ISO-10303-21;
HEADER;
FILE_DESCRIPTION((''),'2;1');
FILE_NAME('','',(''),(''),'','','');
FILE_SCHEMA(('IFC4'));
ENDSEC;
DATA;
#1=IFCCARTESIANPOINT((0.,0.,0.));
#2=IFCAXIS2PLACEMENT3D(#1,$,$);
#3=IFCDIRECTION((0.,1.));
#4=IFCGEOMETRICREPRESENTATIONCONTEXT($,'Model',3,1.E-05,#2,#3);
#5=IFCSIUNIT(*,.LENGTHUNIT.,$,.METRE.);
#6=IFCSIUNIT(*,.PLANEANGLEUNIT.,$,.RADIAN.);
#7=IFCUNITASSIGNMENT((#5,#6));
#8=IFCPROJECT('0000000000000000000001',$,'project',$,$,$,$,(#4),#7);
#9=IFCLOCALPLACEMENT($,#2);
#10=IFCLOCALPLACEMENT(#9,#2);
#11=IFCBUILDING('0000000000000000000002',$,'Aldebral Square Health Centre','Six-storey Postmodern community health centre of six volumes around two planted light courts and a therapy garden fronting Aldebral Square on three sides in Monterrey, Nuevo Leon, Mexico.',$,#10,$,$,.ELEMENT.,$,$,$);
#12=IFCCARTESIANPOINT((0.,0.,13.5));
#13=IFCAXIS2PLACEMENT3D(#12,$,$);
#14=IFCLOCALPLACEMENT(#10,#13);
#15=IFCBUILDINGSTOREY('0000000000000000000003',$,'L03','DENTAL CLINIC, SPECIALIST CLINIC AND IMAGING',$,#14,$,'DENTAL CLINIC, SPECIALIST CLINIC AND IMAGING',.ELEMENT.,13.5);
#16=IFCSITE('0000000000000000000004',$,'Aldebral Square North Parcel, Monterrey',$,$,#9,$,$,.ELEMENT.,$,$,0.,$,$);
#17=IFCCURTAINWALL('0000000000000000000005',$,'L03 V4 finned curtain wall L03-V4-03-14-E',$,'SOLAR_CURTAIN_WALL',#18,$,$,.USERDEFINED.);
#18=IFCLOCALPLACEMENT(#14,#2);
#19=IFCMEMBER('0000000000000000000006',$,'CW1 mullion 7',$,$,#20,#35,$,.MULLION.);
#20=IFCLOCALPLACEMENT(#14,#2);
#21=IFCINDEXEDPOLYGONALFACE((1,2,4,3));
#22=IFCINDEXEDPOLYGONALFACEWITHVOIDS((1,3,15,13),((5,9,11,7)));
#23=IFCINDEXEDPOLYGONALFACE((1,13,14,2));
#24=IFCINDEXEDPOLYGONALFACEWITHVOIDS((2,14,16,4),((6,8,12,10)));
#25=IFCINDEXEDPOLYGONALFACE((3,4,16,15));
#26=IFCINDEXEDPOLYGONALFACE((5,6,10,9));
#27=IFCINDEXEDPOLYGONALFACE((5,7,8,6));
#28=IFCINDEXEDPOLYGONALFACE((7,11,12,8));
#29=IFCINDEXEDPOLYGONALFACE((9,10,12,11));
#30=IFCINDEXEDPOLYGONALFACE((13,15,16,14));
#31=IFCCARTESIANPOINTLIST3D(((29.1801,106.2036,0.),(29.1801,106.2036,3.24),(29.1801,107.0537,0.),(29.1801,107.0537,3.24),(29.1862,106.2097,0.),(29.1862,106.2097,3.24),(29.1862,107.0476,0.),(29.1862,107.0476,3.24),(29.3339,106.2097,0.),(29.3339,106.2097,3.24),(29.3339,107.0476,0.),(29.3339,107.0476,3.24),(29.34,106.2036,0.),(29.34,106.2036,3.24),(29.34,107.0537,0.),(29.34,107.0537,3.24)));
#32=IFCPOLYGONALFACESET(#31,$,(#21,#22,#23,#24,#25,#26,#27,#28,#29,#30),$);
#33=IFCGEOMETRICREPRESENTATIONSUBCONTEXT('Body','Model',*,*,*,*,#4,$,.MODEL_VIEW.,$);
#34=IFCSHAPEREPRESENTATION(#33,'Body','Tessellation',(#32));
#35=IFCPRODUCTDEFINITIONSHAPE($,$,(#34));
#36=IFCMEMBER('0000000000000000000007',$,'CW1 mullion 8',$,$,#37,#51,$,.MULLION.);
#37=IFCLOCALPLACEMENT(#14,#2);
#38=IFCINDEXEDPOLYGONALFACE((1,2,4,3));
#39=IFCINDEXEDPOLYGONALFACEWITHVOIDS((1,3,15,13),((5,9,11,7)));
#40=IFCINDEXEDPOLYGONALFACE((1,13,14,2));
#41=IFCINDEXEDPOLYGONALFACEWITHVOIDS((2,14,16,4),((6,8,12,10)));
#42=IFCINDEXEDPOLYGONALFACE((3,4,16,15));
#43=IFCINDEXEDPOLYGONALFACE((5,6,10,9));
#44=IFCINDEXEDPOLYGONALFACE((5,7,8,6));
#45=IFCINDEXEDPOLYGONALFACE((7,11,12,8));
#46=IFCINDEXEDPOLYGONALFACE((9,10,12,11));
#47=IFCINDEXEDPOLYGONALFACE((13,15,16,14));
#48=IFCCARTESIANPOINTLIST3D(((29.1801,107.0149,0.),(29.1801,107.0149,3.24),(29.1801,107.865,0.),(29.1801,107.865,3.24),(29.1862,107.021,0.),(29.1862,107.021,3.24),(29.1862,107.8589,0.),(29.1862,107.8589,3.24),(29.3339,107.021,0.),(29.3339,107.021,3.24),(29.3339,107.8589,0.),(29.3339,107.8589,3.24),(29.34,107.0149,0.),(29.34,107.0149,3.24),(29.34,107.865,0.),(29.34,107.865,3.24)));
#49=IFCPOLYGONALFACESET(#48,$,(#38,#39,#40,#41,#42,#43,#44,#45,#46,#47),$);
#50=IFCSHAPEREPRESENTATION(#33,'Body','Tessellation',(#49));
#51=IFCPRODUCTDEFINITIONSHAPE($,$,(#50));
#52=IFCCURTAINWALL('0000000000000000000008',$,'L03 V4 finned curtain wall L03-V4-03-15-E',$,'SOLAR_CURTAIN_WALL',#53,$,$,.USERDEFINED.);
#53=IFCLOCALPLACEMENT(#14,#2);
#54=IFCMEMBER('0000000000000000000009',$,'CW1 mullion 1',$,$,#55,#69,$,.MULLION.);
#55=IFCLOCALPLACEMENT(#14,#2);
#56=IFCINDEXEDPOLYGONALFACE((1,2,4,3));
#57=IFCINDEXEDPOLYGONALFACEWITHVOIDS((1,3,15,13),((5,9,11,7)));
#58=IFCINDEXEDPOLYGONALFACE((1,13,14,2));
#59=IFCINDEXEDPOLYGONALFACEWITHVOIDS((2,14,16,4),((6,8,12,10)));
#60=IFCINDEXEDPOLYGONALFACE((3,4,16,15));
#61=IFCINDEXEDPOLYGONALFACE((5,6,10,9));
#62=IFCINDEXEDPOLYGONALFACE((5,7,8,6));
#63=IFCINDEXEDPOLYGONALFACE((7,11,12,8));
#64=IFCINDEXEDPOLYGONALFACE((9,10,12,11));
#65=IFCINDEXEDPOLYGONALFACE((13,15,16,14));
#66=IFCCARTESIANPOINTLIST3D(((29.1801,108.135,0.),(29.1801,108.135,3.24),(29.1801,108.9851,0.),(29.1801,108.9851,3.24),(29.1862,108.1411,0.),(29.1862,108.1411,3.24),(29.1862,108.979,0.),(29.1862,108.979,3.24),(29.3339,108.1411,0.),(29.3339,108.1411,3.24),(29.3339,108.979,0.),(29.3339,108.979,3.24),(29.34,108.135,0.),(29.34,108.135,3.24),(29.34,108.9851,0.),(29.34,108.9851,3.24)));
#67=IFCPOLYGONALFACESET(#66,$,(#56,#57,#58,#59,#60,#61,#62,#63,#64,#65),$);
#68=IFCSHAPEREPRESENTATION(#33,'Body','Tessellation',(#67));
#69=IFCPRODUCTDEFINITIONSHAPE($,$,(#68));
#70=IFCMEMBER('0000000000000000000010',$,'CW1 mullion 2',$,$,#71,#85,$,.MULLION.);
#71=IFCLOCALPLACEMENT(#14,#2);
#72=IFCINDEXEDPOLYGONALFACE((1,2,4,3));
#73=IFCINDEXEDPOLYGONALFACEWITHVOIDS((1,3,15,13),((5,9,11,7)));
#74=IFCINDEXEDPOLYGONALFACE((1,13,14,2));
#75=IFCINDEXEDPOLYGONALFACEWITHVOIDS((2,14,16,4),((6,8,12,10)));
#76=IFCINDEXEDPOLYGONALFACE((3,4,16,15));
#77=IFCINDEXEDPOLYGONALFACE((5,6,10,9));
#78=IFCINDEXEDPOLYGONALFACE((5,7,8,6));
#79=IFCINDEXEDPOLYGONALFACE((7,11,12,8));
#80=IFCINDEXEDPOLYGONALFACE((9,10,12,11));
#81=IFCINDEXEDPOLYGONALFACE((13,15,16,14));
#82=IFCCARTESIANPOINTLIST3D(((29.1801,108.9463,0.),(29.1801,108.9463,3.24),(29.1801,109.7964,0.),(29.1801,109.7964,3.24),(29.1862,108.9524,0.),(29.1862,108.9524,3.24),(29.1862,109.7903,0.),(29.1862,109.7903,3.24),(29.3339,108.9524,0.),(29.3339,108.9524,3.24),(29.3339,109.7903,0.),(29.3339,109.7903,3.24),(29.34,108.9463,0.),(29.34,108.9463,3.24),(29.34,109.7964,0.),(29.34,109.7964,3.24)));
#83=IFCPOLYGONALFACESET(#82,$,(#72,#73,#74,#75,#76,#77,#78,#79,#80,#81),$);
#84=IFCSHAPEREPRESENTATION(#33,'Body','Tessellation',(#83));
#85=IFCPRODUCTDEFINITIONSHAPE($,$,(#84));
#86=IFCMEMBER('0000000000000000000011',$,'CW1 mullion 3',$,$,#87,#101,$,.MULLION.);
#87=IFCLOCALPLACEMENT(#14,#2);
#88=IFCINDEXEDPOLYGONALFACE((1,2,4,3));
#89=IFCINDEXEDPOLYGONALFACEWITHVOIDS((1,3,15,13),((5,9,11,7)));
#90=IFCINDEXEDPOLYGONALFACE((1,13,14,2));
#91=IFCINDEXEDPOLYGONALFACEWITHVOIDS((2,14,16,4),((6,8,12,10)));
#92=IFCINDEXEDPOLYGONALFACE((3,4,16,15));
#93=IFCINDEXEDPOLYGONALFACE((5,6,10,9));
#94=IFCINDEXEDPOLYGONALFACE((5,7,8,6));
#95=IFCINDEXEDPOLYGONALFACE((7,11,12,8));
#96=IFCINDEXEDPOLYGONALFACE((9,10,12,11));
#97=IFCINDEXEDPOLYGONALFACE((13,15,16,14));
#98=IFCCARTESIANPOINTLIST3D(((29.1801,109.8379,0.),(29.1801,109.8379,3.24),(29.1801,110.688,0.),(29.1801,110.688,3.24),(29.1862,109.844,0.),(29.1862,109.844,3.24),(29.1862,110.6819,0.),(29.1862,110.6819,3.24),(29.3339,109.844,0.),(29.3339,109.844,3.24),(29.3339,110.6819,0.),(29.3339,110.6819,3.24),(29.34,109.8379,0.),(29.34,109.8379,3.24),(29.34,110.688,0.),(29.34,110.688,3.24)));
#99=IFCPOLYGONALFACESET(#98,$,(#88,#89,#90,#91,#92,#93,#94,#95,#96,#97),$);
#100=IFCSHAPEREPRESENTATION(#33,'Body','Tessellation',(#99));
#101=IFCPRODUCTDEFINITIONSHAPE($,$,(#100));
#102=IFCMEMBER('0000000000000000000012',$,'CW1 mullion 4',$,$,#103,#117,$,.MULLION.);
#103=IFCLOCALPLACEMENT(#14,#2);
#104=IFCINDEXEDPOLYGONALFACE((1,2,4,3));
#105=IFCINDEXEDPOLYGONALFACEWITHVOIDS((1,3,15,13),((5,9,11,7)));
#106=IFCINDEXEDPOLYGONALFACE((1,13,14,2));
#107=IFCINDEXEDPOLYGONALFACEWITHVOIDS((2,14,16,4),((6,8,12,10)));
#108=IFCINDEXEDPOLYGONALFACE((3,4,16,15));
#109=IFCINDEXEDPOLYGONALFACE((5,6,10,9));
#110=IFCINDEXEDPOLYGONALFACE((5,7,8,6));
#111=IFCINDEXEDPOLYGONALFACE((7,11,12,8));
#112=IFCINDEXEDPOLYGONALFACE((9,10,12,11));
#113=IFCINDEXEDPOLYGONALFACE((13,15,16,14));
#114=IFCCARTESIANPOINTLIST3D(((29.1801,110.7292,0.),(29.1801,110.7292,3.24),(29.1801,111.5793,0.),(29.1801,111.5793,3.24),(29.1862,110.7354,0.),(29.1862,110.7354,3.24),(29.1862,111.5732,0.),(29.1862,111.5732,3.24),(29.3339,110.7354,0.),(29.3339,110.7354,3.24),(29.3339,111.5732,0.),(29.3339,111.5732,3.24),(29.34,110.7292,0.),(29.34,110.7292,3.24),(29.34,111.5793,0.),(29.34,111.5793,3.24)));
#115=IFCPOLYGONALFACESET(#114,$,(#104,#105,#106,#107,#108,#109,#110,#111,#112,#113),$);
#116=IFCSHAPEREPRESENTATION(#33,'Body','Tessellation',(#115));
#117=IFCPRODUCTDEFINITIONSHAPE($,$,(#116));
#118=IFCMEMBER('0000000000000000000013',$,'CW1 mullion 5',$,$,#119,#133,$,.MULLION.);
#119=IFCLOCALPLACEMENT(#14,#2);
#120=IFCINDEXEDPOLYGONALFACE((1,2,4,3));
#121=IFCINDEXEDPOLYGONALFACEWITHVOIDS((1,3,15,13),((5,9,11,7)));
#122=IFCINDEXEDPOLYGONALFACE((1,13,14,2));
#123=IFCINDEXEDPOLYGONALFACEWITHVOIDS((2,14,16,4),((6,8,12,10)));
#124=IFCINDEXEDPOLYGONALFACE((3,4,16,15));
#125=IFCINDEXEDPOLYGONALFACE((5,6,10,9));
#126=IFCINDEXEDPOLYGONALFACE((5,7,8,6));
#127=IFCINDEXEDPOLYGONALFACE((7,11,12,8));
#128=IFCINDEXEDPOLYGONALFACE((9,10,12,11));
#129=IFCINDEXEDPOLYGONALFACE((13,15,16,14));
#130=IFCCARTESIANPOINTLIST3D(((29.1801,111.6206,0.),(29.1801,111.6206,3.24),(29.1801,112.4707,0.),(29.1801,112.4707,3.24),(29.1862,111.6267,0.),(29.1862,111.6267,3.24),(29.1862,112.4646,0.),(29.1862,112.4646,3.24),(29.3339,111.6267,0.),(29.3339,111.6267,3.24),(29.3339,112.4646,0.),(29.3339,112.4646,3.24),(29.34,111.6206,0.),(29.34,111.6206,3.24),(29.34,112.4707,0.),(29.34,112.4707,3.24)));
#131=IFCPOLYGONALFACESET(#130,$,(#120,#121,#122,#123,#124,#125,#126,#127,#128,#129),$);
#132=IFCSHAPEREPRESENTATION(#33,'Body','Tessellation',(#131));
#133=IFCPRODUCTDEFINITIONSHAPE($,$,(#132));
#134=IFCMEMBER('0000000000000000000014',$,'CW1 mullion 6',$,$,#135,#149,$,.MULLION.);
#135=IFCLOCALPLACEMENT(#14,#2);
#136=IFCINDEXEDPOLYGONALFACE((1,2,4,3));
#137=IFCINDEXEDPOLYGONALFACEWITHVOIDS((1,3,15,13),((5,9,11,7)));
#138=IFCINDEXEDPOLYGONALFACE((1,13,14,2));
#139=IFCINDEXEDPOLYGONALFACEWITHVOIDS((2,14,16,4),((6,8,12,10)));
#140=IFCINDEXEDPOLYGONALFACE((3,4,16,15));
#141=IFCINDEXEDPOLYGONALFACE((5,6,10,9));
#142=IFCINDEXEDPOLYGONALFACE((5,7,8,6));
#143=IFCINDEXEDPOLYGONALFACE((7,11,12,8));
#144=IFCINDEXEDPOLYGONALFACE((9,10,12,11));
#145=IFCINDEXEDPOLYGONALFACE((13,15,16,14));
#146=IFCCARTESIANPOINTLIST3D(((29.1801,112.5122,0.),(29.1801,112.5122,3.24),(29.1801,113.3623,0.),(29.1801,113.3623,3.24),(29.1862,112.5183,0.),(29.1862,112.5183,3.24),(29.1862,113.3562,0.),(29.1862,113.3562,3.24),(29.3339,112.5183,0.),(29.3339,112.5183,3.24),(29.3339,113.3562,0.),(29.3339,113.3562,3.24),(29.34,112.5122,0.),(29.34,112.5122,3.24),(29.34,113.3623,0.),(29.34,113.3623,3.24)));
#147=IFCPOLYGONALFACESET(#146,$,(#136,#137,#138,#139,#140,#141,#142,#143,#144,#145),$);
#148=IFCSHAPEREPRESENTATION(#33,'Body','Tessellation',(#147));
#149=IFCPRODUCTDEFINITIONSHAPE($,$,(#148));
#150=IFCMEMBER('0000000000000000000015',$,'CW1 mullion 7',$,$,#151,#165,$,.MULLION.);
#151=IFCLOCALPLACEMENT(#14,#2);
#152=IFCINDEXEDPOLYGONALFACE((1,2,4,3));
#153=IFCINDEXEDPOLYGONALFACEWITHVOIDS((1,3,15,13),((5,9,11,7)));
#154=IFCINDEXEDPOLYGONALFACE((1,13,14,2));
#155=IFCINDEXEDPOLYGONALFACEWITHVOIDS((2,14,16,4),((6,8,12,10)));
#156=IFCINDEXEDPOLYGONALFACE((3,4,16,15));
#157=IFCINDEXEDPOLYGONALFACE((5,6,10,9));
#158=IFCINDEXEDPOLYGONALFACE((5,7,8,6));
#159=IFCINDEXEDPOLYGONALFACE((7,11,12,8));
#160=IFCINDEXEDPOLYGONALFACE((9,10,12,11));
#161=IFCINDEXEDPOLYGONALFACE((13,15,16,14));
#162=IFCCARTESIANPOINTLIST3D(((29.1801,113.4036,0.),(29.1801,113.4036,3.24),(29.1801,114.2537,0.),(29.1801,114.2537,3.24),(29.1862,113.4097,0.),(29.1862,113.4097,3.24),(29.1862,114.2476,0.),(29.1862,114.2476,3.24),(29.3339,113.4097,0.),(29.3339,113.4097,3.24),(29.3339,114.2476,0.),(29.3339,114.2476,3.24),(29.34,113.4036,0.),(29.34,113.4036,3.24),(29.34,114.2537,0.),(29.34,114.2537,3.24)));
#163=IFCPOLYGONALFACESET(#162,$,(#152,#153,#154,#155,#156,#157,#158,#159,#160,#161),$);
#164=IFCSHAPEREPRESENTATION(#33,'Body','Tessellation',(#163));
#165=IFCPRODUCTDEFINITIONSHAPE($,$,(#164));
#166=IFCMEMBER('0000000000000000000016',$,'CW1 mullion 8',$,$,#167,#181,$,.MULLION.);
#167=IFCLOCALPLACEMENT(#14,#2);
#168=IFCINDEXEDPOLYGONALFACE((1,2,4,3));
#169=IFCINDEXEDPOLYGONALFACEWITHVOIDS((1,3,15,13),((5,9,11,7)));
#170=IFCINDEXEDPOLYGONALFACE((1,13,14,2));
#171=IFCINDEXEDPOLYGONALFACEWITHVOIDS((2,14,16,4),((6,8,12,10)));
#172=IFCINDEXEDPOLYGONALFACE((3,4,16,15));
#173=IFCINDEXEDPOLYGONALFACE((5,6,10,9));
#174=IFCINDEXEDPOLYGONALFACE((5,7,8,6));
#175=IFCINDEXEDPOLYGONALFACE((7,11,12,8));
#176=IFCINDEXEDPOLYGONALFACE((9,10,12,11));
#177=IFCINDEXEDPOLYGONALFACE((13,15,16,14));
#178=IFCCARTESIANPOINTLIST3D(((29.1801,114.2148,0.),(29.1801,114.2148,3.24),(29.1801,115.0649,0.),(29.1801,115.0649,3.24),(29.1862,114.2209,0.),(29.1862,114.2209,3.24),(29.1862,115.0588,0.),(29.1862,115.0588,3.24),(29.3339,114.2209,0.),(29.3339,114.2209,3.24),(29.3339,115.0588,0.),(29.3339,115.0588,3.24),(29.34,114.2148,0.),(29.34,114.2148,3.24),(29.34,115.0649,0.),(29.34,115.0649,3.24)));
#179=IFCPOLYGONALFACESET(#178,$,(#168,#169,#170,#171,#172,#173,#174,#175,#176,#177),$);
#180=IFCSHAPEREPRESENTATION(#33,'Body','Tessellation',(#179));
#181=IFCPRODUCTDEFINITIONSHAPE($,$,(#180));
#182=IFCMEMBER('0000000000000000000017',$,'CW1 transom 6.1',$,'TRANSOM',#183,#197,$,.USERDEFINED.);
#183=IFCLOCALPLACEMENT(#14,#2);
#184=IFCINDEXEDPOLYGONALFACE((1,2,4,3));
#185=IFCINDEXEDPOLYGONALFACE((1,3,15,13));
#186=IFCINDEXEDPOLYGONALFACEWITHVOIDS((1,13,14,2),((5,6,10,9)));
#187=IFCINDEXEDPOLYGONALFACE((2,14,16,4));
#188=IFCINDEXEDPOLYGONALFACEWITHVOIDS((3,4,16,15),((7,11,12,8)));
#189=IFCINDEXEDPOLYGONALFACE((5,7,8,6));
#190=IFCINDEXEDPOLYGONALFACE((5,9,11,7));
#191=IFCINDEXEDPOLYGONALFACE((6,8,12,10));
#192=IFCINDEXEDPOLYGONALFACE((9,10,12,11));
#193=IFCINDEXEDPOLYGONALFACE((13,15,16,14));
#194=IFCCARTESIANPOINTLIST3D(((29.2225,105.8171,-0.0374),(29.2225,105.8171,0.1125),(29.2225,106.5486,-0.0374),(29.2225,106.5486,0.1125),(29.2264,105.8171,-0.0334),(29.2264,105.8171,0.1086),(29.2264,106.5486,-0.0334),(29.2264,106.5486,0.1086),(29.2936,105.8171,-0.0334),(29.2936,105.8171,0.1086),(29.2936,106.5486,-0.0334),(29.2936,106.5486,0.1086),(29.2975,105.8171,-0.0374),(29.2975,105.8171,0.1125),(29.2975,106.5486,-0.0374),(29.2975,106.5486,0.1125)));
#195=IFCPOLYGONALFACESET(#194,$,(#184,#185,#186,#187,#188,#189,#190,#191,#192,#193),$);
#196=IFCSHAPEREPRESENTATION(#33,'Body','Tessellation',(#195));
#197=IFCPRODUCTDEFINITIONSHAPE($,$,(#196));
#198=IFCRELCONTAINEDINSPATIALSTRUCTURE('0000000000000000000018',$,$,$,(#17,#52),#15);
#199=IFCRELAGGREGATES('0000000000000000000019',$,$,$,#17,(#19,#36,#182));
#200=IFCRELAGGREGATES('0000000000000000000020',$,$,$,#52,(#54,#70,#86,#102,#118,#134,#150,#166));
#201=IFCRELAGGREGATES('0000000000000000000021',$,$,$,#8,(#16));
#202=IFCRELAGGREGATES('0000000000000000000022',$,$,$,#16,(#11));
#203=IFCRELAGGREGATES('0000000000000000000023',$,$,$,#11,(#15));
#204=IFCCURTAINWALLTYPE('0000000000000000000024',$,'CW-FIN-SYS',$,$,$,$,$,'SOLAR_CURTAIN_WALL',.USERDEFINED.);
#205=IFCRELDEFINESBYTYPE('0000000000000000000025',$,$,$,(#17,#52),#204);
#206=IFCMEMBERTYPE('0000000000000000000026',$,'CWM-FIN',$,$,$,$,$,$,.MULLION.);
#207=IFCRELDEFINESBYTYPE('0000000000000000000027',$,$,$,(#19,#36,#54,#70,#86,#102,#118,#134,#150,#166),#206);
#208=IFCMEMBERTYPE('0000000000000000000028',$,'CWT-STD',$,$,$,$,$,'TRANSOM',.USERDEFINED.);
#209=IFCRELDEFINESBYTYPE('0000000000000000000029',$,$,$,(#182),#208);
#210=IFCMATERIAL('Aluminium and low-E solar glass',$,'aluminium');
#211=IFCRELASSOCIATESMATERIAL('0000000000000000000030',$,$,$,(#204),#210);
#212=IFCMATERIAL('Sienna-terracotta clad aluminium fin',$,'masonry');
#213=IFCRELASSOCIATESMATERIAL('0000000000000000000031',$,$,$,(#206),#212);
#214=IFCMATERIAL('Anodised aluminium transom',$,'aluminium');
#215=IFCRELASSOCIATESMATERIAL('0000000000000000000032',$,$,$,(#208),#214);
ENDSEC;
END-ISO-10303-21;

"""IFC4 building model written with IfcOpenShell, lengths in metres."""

from ifc_helpers import new_model, si_unit, direction, frame, origin, origin_2d, place, context, subcontext, project, spatial, hollow_rectangle, extrude, material, material_profile, profile_set, type_object, element, aggregate, save


model = new_model("IFC4")

# Units and contexts
model_context = context("Model", 3, precision=1e-05, world=origin(), true_north=direction((0.0, 1.0)))
body_context = subcontext(model_context, "Body", "Model", "MODEL_VIEW")
ifc_project = project(units=[si_unit("LENGTHUNIT", "METRE"), si_unit("PLANEANGLEUNIT", "RADIAN")], contexts=[model_context])

# Site, building, storey
site_placement = place(None, origin())
site = spatial("IfcSite", under=ifc_project, at=site_placement, Name="Aldebral Square North Parcel, Monterrey", CompositionType="ELEMENT", RefElevation=0.0)
building_placement = place(site_placement, origin())
building = spatial("IfcBuilding", under=site, at=building_placement, Name="Aldebral Square Health Centre", Description="Six-storey Postmodern community health centre of six volumes around two planted light courts and a therapy garden fronting Aldebral Square on three sides in Monterrey, Nuevo Leon, Mexico.", CompositionType="ELEMENT")
storey_placement = place(building_placement, frame((0.0, 0.0, 13.5)))
storey = spatial("IfcBuildingStorey", under=building, at=storey_placement, Name="L03", Description="DENTAL CLINIC, SPECIALIST CLINIC AND IMAGING", LongName="DENTAL CLINIC, SPECIALIST CLINIC AND IMAGING", CompositionType="ELEMENT", Elevation=13.5)

# Curtain walls, members
ifc_material_1 = material(Name="Aluminium and low-E solar glass", Category="aluminium")
curtain_wall_type = type_object("IfcCurtainWallType", Name="CW-FIN-SYS", ElementType="SOLAR_CURTAIN_WALL", PredefinedType="USERDEFINED", material=ifc_material_1)
curtain_wall_1_placement = place(storey_placement, origin())
curtain_wall_1 = element("IfcCurtainWall", 1, at=curtain_wall_1_placement, inside=storey, type_object=curtain_wall_type, Name="L03 V4 finned curtain wall L03-V4-03-14-E", ObjectType="SOLAR_CURTAIN_WALL", PredefinedType="USERDEFINED")
ifc_material_2 = material(Name="Sienna-terracotta clad aluminium fin", Category="masonry")
ifc_material_profile_1 = material_profile(ifc_material_2, hollow_rectangle(XDim=0.1599, YDim=0.8501, WallThickness=0.0061, at=origin_2d()), Name="FIN 160x850x6")
ifc_profile_set_1 = profile_set([ifc_material_profile_1], Name="Sienna-terracotta clad aluminium fin")
member_type_1 = type_object("IfcMemberType", Name="CWM-FIN", PredefinedType="MULLION", material=ifc_profile_set_1)
member_1_placement = place(storey_placement, frame((29.26, 106.6287, 0.0), z_axis=(0.0, 0.0, 1.0), x_axis=(-1.0, 0.0, 0.0)))
member_1 = element("IfcMember", 2, at=member_1_placement, type_object=member_type_1, Name="CW1 mullion 7", PredefinedType="MULLION", context=body_context, shape_type="SweptSolid", body=[
    extrude(hollow_rectangle(XDim=0.1599, YDim=0.8501, WallThickness=0.0061, at=origin_2d()), origin(), (0.0, 0.0, 1.0), 3.24),
])
member_2_placement = place(storey_placement, frame((29.26, 107.4399, 0.0), z_axis=(0.0, 0.0, 1.0), x_axis=(-1.0, 0.0, 0.0)))
member_2 = element("IfcMember", 3, at=member_2_placement, type_object=member_type_1, Name="CW1 mullion 8", PredefinedType="MULLION", context=body_context, shape_type="SweptSolid", body=[
    extrude(hollow_rectangle(XDim=0.1599, YDim=0.8501, WallThickness=0.0061, at=origin_2d()), origin(), (0.0, 0.0, 1.0), 3.24),
])
curtain_wall_2_placement = place(storey_placement, origin())
curtain_wall_2 = element("IfcCurtainWall", 4, at=curtain_wall_2_placement, inside=storey, type_object=curtain_wall_type, Name="L03 V4 finned curtain wall L03-V4-03-15-E", ObjectType="SOLAR_CURTAIN_WALL", PredefinedType="USERDEFINED")
member_3_placement = place(storey_placement, frame((29.26, 108.5601, 0.0), z_axis=(0.0, 0.0, 1.0), x_axis=(-1.0, 0.0, 0.0)))
member_3 = element("IfcMember", 5, at=member_3_placement, type_object=member_type_1, Name="CW1 mullion 1", PredefinedType="MULLION", context=body_context, shape_type="SweptSolid", body=[
    extrude(hollow_rectangle(XDim=0.1599, YDim=0.8501, WallThickness=0.0061, at=origin_2d()), origin(), (0.0, 0.0, 1.0), 3.24),
])
member_4_placement = place(storey_placement, frame((29.26, 109.3713, 0.0), z_axis=(0.0, 0.0, 1.0), x_axis=(-1.0, 0.0, 0.0)))
member_4 = element("IfcMember", 6, at=member_4_placement, type_object=member_type_1, Name="CW1 mullion 2", PredefinedType="MULLION", context=body_context, shape_type="SweptSolid", body=[
    extrude(hollow_rectangle(XDim=0.1599, YDim=0.8501, WallThickness=0.0061, at=origin_2d()), origin(), (0.0, 0.0, 1.0), 3.24),
])
member_5_placement = place(storey_placement, frame((29.26, 110.2629, 0.0), z_axis=(0.0, 0.0, 1.0), x_axis=(-1.0, 0.0, 0.0)))
member_5 = element("IfcMember", 7, at=member_5_placement, type_object=member_type_1, Name="CW1 mullion 3", PredefinedType="MULLION", context=body_context, shape_type="SweptSolid", body=[
    extrude(hollow_rectangle(XDim=0.1599, YDim=0.8501, WallThickness=0.0061, at=origin_2d()), origin(), (0.0, 0.0, 1.0), 3.24),
])
member_6_placement = place(storey_placement, frame((29.26, 111.1543, 0.0), z_axis=(0.0, 0.0, 1.0), x_axis=(-1.0, 0.0, 0.0)))
member_6 = element("IfcMember", 8, at=member_6_placement, type_object=member_type_1, Name="CW1 mullion 4", PredefinedType="MULLION", context=body_context, shape_type="SweptSolid", body=[
    extrude(hollow_rectangle(XDim=0.1599, YDim=0.8501, WallThickness=0.0061, at=origin_2d()), origin(), (0.0, 0.0, 1.0), 3.24),
])
member_7_placement = place(storey_placement, frame((29.26, 112.0457, 0.0), z_axis=(0.0, 0.0, 1.0), x_axis=(-1.0, 0.0, 0.0)))
member_7 = element("IfcMember", 9, at=member_7_placement, type_object=member_type_1, Name="CW1 mullion 5", PredefinedType="MULLION", context=body_context, shape_type="SweptSolid", body=[
    extrude(hollow_rectangle(XDim=0.1599, YDim=0.8501, WallThickness=0.0061, at=origin_2d()), origin(), (0.0, 0.0, 1.0), 3.24),
])
member_8_placement = place(storey_placement, frame((29.26, 112.9373, 0.0), z_axis=(0.0, 0.0, 1.0), x_axis=(-1.0, 0.0, 0.0)))
member_8 = element("IfcMember", 10, at=member_8_placement, type_object=member_type_1, Name="CW1 mullion 6", PredefinedType="MULLION", context=body_context, shape_type="SweptSolid", body=[
    extrude(hollow_rectangle(XDim=0.1599, YDim=0.8501, WallThickness=0.0061, at=origin_2d()), origin(), (0.0, 0.0, 1.0), 3.24),
])
member_9_placement = place(storey_placement, frame((29.26, 113.8286, 0.0), z_axis=(0.0, 0.0, 1.0), x_axis=(-1.0, 0.0, 0.0)))
member_9 = element("IfcMember", 11, at=member_9_placement, type_object=member_type_1, Name="CW1 mullion 7", PredefinedType="MULLION", context=body_context, shape_type="SweptSolid", body=[
    extrude(hollow_rectangle(XDim=0.1599, YDim=0.8501, WallThickness=0.0061, at=origin_2d()), origin(), (0.0, 0.0, 1.0), 3.24),
])
member_10_placement = place(storey_placement, frame((29.26, 114.6399, 0.0), z_axis=(0.0, 0.0, 1.0), x_axis=(-1.0, 0.0, 0.0)))
member_10 = element("IfcMember", 12, at=member_10_placement, type_object=member_type_1, Name="CW1 mullion 8", PredefinedType="MULLION", context=body_context, shape_type="SweptSolid", body=[
    extrude(hollow_rectangle(XDim=0.1599, YDim=0.8501, WallThickness=0.0061, at=origin_2d()), origin(), (0.0, 0.0, 1.0), 3.24),
])

# Member
ifc_material_3 = material(Name="Anodised aluminium transom", Category="aluminium")
ifc_material_profile_2 = material_profile(ifc_material_3, hollow_rectangle(XDim=0.075, YDim=0.1499, WallThickness=0.0039, at=origin_2d()), Name="CWT 75x150x4")
ifc_profile_set_2 = profile_set([ifc_material_profile_2], Name="Anodised aluminium transom")
member_type_2 = type_object("IfcMemberType", Name="CWT-STD", ElementType="TRANSOM", PredefinedType="USERDEFINED", material=ifc_profile_set_2)
member_11_placement = place(storey_placement, frame((29.26, 105.8171, 0.0376), z_axis=(0.0, 1.0, 0.0), x_axis=(-1.0, 0.0, 0.0)))
member_11 = element("IfcMember", 13, at=member_11_placement, type_object=member_type_2, Name="CW1 transom 6.1", ObjectType="TRANSOM", PredefinedType="USERDEFINED", context=body_context, shape_type="SweptSolid", body=[
    extrude(hollow_rectangle(XDim=0.075, YDim=0.1499, WallThickness=0.0039, at=origin_2d()), origin(), (0.0, 0.0, 1.0), 0.7314),
])

aggregate(curtain_wall_1, [member_1, member_2, member_11])
aggregate(curtain_wall_2, [member_3, member_4, member_5, member_6, member_7, member_8, member_9, member_10])

save(model, "model.ifc")
